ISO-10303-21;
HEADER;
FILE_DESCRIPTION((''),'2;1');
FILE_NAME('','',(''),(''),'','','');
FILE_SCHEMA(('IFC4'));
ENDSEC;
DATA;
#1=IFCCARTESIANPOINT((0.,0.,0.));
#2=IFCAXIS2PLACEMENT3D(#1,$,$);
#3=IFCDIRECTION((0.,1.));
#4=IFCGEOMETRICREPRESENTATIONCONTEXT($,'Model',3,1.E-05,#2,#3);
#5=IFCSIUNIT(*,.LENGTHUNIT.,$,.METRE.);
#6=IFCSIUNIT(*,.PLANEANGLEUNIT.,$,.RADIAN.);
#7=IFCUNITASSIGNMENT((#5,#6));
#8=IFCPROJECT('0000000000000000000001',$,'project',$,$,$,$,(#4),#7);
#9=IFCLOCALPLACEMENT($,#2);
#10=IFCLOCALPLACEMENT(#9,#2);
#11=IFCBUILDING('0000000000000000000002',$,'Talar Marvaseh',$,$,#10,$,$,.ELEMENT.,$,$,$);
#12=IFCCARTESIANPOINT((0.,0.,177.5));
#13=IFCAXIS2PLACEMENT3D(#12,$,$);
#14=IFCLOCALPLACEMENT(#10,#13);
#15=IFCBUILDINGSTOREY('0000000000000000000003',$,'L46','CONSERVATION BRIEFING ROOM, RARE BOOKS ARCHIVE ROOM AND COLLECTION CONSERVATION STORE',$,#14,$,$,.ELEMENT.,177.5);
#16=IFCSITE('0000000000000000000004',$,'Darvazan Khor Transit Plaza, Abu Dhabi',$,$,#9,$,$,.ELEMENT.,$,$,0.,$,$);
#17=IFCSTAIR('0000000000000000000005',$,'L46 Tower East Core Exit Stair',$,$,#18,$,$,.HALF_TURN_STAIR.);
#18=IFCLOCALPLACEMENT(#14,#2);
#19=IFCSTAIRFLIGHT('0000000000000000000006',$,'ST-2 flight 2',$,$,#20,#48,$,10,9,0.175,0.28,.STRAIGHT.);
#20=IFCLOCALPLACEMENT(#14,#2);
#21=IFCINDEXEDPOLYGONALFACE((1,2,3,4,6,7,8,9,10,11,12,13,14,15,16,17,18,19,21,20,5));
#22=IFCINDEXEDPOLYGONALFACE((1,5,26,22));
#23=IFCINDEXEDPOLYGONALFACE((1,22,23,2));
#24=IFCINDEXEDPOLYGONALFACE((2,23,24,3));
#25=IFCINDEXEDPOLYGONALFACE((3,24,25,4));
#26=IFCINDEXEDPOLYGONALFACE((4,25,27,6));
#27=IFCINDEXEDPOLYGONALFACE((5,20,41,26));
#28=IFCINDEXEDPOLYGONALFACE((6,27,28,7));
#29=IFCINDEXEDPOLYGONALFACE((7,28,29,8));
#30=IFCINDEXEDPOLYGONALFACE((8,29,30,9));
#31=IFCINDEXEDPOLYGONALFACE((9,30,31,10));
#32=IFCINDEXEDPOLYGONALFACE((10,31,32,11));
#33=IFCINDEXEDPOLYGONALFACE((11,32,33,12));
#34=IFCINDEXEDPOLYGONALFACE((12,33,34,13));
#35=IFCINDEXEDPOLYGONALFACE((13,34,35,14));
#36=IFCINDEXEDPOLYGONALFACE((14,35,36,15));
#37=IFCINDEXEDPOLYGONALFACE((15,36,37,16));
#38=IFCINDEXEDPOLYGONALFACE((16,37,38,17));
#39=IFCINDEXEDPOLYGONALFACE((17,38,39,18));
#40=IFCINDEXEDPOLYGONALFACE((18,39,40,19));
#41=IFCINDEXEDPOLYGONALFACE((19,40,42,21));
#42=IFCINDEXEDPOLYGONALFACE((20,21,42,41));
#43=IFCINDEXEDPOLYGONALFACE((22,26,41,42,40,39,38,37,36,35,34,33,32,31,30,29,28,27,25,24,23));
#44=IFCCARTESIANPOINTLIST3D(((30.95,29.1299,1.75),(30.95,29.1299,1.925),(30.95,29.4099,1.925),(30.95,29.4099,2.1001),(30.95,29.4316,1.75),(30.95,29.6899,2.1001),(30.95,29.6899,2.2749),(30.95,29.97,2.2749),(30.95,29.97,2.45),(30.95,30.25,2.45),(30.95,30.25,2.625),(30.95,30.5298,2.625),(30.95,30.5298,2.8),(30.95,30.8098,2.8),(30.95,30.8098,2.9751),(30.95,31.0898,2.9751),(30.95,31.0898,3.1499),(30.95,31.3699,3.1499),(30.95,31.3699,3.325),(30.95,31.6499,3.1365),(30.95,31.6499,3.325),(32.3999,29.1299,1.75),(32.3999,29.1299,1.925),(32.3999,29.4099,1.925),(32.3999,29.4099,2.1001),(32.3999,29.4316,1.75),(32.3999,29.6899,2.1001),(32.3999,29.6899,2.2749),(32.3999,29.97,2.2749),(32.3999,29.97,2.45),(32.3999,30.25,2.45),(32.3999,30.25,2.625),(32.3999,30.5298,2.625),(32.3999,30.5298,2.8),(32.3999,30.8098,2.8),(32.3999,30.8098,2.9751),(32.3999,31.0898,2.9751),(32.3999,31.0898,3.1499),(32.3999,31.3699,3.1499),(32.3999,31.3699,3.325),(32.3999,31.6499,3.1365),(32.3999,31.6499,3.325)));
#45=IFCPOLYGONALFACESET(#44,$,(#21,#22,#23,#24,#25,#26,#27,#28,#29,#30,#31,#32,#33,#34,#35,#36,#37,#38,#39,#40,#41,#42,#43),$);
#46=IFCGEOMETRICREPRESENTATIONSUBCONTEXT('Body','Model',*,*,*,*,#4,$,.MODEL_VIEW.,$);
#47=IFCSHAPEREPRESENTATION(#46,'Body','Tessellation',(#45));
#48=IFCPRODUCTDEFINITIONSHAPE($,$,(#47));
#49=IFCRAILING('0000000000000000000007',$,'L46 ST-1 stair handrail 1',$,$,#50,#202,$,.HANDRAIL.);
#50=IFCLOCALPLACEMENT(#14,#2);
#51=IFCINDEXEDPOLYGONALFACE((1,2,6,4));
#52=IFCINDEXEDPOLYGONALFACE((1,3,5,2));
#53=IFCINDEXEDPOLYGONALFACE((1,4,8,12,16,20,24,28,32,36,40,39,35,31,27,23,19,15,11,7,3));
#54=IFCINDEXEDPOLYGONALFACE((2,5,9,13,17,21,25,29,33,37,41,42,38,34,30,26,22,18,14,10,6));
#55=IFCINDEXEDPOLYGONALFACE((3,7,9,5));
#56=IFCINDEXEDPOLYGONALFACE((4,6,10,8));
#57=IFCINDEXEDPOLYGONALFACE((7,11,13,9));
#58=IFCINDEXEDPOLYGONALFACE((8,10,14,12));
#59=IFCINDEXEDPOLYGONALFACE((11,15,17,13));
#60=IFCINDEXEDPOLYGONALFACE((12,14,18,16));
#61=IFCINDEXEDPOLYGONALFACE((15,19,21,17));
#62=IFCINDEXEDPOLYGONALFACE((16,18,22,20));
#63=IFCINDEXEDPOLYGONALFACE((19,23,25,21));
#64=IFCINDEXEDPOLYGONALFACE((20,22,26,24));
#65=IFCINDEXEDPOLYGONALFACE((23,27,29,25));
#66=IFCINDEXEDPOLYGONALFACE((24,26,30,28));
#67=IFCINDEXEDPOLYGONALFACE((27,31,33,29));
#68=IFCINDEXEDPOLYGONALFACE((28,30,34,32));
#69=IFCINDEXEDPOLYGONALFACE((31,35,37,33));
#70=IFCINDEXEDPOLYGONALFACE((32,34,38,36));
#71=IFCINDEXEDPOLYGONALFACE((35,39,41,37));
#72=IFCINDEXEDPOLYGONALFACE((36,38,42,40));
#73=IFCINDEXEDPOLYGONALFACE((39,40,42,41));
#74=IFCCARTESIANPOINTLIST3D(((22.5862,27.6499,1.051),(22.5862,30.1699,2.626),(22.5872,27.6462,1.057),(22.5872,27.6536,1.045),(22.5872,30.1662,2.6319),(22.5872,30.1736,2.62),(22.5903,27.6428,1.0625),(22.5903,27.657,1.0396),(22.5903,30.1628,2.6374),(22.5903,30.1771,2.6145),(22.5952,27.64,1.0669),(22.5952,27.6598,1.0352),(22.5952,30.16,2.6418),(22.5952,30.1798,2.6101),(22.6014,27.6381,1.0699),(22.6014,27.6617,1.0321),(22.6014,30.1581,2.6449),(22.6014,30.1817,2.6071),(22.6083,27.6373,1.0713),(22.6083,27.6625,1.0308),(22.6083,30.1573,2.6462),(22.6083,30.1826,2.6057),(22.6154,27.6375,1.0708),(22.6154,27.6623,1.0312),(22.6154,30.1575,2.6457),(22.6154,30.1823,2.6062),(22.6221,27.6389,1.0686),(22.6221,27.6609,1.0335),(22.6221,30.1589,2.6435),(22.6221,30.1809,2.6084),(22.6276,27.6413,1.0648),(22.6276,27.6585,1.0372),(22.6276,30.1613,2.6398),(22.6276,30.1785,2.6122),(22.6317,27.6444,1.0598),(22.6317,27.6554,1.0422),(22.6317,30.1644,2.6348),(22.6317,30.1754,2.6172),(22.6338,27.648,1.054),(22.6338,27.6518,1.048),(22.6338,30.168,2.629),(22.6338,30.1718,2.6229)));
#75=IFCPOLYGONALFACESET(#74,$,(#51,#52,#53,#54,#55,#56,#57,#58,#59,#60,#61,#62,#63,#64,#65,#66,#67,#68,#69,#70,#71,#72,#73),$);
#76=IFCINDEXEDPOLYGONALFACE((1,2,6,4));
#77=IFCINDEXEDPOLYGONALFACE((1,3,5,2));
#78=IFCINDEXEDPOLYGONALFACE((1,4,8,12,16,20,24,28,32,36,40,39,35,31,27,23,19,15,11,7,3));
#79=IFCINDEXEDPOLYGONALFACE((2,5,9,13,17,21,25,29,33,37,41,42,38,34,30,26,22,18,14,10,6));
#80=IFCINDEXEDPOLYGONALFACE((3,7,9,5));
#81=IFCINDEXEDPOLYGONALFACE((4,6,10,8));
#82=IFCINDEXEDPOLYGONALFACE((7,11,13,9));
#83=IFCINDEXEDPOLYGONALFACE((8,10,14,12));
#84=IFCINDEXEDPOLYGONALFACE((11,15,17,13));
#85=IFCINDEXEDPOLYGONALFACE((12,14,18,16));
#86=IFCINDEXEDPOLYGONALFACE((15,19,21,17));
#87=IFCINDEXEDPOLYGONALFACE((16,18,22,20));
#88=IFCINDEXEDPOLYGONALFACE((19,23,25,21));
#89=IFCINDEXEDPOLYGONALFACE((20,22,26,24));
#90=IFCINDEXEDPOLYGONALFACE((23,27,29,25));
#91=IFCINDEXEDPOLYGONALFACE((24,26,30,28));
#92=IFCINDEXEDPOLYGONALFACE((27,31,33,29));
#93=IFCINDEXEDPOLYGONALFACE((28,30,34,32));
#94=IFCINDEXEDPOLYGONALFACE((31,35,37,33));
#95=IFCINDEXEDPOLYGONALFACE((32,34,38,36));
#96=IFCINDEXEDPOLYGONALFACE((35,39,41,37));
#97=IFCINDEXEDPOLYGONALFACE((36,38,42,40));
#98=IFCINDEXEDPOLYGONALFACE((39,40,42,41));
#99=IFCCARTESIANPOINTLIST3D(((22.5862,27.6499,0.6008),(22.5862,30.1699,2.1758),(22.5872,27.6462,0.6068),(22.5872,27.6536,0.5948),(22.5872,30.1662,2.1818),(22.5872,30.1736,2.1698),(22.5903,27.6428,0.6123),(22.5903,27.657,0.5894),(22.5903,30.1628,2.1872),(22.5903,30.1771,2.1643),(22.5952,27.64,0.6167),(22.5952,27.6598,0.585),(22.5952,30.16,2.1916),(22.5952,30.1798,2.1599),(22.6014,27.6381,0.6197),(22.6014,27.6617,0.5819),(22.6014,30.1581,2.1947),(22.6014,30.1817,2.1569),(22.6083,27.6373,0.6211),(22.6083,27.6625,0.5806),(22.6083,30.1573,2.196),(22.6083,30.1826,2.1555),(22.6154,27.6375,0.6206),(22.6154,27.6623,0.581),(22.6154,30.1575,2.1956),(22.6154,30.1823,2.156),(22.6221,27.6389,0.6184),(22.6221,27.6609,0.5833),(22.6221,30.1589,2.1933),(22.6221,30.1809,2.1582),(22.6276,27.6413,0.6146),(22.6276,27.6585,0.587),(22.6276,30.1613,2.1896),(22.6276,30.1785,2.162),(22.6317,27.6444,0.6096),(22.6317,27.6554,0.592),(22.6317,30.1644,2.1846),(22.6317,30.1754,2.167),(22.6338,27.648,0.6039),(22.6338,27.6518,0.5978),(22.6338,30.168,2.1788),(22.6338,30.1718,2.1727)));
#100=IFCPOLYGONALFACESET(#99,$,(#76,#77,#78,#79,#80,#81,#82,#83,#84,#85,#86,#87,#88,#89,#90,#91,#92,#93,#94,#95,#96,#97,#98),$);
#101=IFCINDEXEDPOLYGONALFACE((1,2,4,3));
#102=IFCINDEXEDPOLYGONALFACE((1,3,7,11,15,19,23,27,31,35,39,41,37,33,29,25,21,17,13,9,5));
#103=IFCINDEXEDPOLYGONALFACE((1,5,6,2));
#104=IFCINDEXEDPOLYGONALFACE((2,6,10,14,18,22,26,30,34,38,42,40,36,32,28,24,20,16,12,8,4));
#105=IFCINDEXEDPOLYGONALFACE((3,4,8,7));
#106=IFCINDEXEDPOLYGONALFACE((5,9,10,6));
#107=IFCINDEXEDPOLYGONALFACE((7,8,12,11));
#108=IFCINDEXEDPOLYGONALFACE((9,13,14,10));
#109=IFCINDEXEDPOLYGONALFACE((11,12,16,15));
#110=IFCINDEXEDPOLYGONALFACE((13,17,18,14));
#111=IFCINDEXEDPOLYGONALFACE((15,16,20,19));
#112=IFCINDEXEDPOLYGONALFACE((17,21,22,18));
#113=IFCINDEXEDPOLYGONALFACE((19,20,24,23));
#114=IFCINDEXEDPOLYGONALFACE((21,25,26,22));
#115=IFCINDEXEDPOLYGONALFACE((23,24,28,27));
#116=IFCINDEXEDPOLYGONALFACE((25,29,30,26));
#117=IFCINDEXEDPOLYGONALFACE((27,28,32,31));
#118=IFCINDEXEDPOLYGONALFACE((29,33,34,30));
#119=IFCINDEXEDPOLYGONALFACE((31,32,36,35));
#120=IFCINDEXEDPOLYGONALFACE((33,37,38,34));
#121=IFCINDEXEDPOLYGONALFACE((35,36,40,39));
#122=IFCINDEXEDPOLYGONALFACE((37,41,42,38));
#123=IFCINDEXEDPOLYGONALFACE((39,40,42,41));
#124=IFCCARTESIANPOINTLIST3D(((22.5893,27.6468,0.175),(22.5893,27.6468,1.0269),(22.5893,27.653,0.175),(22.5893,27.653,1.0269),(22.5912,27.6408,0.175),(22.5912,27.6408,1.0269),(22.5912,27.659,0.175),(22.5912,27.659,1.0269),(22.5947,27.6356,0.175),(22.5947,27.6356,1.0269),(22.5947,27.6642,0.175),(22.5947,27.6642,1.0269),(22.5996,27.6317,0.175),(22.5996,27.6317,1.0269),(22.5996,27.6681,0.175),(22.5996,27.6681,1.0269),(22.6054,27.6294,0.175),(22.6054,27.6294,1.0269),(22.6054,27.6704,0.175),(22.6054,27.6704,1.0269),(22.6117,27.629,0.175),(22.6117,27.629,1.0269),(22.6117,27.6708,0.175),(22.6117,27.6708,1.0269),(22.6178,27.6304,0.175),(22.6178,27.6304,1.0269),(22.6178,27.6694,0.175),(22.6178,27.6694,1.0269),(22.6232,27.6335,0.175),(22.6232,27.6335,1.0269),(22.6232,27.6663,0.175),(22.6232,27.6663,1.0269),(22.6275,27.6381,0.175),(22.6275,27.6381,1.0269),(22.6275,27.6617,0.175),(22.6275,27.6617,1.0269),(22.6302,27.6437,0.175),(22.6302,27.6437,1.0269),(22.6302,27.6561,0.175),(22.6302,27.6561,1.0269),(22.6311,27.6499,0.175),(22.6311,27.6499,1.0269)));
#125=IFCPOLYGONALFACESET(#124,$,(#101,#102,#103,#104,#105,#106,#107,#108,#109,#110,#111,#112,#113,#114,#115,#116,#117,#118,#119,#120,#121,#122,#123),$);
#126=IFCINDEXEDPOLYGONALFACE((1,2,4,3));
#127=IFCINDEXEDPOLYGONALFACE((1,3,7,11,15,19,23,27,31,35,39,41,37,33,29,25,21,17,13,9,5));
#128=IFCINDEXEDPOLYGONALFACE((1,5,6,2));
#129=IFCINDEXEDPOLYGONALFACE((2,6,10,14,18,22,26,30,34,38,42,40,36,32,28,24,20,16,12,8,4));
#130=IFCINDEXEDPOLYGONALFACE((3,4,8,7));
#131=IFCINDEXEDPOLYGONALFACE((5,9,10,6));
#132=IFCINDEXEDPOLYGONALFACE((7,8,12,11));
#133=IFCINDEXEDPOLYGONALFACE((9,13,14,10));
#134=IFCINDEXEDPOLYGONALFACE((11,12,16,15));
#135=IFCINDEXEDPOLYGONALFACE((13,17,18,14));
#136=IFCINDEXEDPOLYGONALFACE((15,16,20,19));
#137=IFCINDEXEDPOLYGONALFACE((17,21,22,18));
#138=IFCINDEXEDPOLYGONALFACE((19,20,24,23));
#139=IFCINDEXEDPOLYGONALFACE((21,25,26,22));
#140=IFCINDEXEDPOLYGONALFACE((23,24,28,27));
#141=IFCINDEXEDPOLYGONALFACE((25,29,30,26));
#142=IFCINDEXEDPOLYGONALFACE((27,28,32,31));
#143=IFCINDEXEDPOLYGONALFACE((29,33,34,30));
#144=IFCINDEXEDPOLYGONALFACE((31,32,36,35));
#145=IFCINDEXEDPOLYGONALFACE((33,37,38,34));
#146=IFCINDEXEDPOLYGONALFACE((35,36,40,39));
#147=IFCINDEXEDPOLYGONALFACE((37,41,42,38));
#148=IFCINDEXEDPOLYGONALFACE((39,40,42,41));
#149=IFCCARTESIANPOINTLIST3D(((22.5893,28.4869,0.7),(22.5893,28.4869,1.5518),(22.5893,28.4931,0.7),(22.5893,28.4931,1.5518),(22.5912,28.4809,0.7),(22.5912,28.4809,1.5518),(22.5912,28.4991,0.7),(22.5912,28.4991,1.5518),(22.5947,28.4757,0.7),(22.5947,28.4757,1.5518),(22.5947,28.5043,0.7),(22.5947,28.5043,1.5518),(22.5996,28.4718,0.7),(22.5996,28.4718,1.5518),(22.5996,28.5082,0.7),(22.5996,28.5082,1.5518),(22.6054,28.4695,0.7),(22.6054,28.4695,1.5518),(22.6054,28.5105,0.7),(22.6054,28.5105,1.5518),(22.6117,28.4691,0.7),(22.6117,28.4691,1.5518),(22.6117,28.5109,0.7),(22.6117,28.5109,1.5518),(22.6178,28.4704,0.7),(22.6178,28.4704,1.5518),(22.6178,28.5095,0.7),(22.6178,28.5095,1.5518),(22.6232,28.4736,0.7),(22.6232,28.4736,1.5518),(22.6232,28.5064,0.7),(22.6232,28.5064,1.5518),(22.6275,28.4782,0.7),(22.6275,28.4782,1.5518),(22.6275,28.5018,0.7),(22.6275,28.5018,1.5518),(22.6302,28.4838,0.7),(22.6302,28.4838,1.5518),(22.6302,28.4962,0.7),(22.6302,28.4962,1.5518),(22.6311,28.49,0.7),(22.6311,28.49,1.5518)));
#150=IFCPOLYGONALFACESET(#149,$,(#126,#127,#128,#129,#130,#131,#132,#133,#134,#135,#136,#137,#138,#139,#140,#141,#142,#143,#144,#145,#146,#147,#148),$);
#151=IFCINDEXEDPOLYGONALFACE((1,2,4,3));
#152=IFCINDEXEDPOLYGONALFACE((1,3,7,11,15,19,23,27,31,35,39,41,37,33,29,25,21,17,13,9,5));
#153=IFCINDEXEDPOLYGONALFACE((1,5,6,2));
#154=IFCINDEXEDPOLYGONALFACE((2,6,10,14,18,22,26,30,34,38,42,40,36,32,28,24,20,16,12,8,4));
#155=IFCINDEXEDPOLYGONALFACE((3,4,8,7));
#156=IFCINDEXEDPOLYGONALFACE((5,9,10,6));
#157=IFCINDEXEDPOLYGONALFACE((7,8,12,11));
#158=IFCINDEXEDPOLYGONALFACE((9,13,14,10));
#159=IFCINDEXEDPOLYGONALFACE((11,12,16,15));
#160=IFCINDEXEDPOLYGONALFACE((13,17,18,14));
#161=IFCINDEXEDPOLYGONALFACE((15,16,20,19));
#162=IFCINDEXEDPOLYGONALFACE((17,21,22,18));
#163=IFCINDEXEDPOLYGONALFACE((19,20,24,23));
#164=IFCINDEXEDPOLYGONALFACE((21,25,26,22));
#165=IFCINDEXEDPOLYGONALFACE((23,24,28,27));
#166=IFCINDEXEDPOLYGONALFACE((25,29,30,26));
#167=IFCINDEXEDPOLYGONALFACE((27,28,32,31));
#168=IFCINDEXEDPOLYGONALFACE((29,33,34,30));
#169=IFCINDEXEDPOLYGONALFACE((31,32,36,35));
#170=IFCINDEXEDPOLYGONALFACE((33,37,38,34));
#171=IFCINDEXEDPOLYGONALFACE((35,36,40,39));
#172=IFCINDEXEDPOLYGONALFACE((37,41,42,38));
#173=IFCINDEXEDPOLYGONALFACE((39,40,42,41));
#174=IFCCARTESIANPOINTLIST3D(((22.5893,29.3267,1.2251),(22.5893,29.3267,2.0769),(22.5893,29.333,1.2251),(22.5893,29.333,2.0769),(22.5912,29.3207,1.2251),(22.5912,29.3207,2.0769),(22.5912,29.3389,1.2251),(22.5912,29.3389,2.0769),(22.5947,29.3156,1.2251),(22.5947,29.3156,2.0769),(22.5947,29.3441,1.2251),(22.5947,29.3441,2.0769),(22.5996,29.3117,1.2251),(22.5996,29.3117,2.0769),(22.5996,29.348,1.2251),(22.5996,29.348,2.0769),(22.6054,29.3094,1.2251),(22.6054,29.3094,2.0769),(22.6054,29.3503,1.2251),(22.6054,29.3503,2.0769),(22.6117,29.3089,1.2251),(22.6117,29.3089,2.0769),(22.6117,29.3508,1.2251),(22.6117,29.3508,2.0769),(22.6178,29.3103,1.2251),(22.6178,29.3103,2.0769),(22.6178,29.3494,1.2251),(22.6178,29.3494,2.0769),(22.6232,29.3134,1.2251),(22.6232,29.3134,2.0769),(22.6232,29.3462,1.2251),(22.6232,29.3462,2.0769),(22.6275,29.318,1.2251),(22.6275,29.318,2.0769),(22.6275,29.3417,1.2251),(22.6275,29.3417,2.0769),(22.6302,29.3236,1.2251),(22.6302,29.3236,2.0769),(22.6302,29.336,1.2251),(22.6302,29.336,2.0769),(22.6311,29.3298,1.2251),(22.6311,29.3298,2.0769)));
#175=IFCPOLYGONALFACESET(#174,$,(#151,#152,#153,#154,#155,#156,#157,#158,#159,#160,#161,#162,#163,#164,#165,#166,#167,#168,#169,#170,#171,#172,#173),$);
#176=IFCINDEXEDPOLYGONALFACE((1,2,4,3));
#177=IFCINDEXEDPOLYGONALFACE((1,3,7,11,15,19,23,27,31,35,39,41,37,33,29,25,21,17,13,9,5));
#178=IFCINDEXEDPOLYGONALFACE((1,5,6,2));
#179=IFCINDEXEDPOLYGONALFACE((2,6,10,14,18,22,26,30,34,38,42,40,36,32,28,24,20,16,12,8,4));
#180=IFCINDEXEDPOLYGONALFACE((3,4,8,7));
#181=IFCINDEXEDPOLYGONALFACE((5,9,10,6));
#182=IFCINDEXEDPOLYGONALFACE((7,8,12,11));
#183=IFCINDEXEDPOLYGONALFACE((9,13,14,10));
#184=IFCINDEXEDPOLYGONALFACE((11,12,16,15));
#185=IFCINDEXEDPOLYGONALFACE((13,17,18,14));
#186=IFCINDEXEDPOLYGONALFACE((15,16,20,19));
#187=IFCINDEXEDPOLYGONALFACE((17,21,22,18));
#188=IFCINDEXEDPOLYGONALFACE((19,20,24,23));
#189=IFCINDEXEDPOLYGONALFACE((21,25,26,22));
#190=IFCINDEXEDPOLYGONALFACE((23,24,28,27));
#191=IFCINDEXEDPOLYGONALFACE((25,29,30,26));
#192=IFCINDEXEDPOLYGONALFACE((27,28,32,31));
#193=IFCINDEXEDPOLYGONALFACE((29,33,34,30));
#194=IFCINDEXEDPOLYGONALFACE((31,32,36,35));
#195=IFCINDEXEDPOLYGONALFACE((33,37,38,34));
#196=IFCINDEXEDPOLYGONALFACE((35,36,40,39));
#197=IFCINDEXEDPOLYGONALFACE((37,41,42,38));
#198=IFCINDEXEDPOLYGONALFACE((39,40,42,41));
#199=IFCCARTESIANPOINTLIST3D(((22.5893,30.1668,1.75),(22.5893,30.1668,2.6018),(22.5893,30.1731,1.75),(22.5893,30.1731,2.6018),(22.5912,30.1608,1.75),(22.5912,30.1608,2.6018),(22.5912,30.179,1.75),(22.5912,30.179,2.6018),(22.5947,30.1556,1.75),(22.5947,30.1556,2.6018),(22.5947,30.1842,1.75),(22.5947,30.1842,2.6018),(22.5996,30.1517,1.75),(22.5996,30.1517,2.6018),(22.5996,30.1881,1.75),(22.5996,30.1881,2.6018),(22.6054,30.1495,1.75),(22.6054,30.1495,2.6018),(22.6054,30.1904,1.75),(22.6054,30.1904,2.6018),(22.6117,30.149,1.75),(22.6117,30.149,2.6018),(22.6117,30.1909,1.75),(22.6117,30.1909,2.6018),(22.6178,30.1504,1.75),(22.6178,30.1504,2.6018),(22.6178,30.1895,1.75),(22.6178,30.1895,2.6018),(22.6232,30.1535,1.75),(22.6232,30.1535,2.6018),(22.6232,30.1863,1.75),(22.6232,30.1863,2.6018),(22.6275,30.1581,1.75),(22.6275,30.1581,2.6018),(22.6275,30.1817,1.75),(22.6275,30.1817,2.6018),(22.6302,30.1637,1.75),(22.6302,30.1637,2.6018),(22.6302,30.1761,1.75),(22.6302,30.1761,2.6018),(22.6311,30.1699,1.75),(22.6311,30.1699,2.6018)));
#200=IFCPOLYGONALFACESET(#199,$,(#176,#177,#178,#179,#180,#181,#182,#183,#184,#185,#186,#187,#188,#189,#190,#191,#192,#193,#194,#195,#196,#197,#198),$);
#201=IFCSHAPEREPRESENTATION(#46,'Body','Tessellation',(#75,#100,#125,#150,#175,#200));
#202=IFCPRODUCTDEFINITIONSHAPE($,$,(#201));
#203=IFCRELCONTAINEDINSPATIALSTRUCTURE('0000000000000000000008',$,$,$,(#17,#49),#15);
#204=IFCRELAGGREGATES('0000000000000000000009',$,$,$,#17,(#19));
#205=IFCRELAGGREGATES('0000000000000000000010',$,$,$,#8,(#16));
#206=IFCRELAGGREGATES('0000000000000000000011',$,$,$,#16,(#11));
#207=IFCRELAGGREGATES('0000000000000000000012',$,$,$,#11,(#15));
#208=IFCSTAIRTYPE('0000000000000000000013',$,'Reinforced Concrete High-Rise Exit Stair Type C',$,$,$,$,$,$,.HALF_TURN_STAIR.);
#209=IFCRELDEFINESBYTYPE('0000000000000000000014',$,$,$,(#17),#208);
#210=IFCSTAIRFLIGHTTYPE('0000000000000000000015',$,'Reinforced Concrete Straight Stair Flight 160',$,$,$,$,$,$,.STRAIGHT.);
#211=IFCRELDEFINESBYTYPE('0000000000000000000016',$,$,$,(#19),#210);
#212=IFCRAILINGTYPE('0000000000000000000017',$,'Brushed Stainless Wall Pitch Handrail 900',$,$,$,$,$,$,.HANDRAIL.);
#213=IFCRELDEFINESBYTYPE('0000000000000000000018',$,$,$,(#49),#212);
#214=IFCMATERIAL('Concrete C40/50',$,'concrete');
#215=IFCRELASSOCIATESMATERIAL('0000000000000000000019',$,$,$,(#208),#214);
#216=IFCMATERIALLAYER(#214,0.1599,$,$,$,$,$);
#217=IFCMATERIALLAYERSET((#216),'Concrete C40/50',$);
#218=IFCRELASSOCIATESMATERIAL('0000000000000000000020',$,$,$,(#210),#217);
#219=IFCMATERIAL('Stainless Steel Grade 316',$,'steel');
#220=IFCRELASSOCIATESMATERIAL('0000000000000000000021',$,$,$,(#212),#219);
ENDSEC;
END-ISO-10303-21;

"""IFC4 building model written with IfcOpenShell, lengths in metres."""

from ifc_helpers import new_model, si_unit, direction, frame, origin, origin_2d, place, context, subcontext, project, spatial, polyline, circle, outline, extrude, material, layer, layer_set, type_object, element, aggregate, save


model = new_model("IFC4")

# Units and contexts
model_context = context("Model", 3, precision=1e-05, world=origin(), true_north=direction((0.0, 1.0)))
body_context = subcontext(model_context, "Body", "Model", "MODEL_VIEW")
ifc_project = project(units=[si_unit("LENGTHUNIT", "METRE"), si_unit("PLANEANGLEUNIT", "RADIAN")], contexts=[model_context])

# Site, building, storey
site_placement = place(None, origin())
site = spatial("IfcSite", under=ifc_project, at=site_placement, Name="Darvazan Khor Transit Plaza, Abu Dhabi", CompositionType="ELEMENT", RefElevation=0.0)
building_placement = place(site_placement, origin())
building = spatial("IfcBuilding", under=site, at=building_placement, Name="Talar Marvaseh", CompositionType="ELEMENT")
storey_placement = place(building_placement, frame((0.0, 0.0, 177.5)))
storey = spatial("IfcBuildingStorey", under=building, at=storey_placement, Name="L46", Description="CONSERVATION BRIEFING ROOM, RARE BOOKS ARCHIVE ROOM AND COLLECTION CONSERVATION STORE", CompositionType="ELEMENT", Elevation=177.5)

# Shared definitions
ifc_material_1 = material(Name="Concrete C40/50", Category="concrete")

# Shared definitions
ifc_material_2 = material(Name="Stainless Steel Grade 316", Category="steel")

# Stair, stair flight
stair_type = type_object("IfcStairType", Name="Reinforced Concrete High-Rise Exit Stair Type C", PredefinedType="HALF_TURN_STAIR", material=ifc_material_1)
stair_placement = place(storey_placement, origin())
stair = element("IfcStair", 1, at=stair_placement, inside=storey, type_object=stair_type, Name="L46 Tower East Core Exit Stair", PredefinedType="HALF_TURN_STAIR")
ifc_layer_1 = layer(ifc_material_1, 0.1599)
ifc_layer_set_1 = layer_set([ifc_layer_1], Name="Concrete C40/50")
stair_flight_type = type_object("IfcStairFlightType", Name="Reinforced Concrete Straight Stair Flight 160", PredefinedType="STRAIGHT", material=ifc_layer_set_1)
stair_flight_1_placement = place(storey_placement, frame((31.675, 29.1299, 1.75), z_axis=(0.0, 0.0, 1.0), x_axis=(0.0, 1.0, 0.0)))
stair_flight_1 = element("IfcStairFlight", 2, at=stair_flight_1_placement, type_object=stair_flight_type, Name="ST-2 flight 2", NumberOfRisers=10, NumberOfTreads=9, PredefinedType="STRAIGHT", RiserHeight=0.175, TreadLength=0.28, context=body_context, shape_type="SweptSolid", body=[
    extrude(outline(polyline([(0.0, 0.0), (0.0, 0.175), (0.28, 0.175), (0.28, 0.3501), (0.5601, 0.3501), (0.5601, 0.5249), (0.8401, 0.5249), (0.8401, 0.7), (1.1201, 0.7), (1.1201, 0.875), (1.3999, 0.875), (1.3999, 1.05), (1.6799, 1.05), (1.6799, 1.2251), (1.96, 1.2251), (1.96, 1.3999), (2.24, 1.3999), (2.24, 1.575), (2.52, 1.575), (2.52, 1.75), (2.52, 1.3865), (0.3018, 0.0), (0.0, 0.0)])), frame((0.0, 0.7251, 0.0), z_axis=(0.0, -1.0, 0.0), x_axis=(1.0, 0.0, 0.0)), (0.0, 0.0, 1.0), 1.45),
])
aggregate(stair, [stair_flight_1])

# Railing
railing_type_1 = type_object("IfcRailingType", Name="Brushed Stainless Wall Pitch Handrail 900", PredefinedType="HANDRAIL", material=ifc_material_2)
railing_1_placement = place(storey_placement, frame((22.6101, 27.6499, 0.175)))
element("IfcRailing", 3, at=railing_1_placement, inside=storey, type_object=railing_type_1, Name="L46 ST-1 stair handrail 1", PredefinedType="HANDRAIL", context=body_context, shape_type="SweptSolid", body=[
    extrude(circle(Radius=0.0239, at=origin_2d()), frame((0.0, 0.0, 0.876), z_axis=(0.0, 0.848008, 0.529984), x_axis=(-1.0, 0.0, 0.0)), (0.0, 0.0, 1.0), 2.9717),
    extrude(circle(Radius=0.0239, at=origin_2d()), frame((0.0, 0.0, 0.4258), z_axis=(0.0, 0.848008, 0.529984), x_axis=(-1.0, 0.0, 0.0)), (0.0, 0.0, 1.0), 2.9717),
    extrude(circle(Radius=0.021, at=origin_2d()), origin(), (0.0, 0.0, 1.0), 0.8518),
    extrude(circle(Radius=0.021, at=origin_2d()), frame((0.0, 0.8401, 0.5249)), (0.0, 0.0, 1.0), 0.8518),
    extrude(circle(Radius=0.021, at=origin_2d()), frame((0.0, 1.6799, 1.05)), (0.0, 0.0, 1.0), 0.8518),
    extrude(circle(Radius=0.021, at=origin_2d()), frame((0.0, 2.52, 1.575)), (0.0, 0.0, 1.0), 0.8518),
])

save(model, "model.ifc")
